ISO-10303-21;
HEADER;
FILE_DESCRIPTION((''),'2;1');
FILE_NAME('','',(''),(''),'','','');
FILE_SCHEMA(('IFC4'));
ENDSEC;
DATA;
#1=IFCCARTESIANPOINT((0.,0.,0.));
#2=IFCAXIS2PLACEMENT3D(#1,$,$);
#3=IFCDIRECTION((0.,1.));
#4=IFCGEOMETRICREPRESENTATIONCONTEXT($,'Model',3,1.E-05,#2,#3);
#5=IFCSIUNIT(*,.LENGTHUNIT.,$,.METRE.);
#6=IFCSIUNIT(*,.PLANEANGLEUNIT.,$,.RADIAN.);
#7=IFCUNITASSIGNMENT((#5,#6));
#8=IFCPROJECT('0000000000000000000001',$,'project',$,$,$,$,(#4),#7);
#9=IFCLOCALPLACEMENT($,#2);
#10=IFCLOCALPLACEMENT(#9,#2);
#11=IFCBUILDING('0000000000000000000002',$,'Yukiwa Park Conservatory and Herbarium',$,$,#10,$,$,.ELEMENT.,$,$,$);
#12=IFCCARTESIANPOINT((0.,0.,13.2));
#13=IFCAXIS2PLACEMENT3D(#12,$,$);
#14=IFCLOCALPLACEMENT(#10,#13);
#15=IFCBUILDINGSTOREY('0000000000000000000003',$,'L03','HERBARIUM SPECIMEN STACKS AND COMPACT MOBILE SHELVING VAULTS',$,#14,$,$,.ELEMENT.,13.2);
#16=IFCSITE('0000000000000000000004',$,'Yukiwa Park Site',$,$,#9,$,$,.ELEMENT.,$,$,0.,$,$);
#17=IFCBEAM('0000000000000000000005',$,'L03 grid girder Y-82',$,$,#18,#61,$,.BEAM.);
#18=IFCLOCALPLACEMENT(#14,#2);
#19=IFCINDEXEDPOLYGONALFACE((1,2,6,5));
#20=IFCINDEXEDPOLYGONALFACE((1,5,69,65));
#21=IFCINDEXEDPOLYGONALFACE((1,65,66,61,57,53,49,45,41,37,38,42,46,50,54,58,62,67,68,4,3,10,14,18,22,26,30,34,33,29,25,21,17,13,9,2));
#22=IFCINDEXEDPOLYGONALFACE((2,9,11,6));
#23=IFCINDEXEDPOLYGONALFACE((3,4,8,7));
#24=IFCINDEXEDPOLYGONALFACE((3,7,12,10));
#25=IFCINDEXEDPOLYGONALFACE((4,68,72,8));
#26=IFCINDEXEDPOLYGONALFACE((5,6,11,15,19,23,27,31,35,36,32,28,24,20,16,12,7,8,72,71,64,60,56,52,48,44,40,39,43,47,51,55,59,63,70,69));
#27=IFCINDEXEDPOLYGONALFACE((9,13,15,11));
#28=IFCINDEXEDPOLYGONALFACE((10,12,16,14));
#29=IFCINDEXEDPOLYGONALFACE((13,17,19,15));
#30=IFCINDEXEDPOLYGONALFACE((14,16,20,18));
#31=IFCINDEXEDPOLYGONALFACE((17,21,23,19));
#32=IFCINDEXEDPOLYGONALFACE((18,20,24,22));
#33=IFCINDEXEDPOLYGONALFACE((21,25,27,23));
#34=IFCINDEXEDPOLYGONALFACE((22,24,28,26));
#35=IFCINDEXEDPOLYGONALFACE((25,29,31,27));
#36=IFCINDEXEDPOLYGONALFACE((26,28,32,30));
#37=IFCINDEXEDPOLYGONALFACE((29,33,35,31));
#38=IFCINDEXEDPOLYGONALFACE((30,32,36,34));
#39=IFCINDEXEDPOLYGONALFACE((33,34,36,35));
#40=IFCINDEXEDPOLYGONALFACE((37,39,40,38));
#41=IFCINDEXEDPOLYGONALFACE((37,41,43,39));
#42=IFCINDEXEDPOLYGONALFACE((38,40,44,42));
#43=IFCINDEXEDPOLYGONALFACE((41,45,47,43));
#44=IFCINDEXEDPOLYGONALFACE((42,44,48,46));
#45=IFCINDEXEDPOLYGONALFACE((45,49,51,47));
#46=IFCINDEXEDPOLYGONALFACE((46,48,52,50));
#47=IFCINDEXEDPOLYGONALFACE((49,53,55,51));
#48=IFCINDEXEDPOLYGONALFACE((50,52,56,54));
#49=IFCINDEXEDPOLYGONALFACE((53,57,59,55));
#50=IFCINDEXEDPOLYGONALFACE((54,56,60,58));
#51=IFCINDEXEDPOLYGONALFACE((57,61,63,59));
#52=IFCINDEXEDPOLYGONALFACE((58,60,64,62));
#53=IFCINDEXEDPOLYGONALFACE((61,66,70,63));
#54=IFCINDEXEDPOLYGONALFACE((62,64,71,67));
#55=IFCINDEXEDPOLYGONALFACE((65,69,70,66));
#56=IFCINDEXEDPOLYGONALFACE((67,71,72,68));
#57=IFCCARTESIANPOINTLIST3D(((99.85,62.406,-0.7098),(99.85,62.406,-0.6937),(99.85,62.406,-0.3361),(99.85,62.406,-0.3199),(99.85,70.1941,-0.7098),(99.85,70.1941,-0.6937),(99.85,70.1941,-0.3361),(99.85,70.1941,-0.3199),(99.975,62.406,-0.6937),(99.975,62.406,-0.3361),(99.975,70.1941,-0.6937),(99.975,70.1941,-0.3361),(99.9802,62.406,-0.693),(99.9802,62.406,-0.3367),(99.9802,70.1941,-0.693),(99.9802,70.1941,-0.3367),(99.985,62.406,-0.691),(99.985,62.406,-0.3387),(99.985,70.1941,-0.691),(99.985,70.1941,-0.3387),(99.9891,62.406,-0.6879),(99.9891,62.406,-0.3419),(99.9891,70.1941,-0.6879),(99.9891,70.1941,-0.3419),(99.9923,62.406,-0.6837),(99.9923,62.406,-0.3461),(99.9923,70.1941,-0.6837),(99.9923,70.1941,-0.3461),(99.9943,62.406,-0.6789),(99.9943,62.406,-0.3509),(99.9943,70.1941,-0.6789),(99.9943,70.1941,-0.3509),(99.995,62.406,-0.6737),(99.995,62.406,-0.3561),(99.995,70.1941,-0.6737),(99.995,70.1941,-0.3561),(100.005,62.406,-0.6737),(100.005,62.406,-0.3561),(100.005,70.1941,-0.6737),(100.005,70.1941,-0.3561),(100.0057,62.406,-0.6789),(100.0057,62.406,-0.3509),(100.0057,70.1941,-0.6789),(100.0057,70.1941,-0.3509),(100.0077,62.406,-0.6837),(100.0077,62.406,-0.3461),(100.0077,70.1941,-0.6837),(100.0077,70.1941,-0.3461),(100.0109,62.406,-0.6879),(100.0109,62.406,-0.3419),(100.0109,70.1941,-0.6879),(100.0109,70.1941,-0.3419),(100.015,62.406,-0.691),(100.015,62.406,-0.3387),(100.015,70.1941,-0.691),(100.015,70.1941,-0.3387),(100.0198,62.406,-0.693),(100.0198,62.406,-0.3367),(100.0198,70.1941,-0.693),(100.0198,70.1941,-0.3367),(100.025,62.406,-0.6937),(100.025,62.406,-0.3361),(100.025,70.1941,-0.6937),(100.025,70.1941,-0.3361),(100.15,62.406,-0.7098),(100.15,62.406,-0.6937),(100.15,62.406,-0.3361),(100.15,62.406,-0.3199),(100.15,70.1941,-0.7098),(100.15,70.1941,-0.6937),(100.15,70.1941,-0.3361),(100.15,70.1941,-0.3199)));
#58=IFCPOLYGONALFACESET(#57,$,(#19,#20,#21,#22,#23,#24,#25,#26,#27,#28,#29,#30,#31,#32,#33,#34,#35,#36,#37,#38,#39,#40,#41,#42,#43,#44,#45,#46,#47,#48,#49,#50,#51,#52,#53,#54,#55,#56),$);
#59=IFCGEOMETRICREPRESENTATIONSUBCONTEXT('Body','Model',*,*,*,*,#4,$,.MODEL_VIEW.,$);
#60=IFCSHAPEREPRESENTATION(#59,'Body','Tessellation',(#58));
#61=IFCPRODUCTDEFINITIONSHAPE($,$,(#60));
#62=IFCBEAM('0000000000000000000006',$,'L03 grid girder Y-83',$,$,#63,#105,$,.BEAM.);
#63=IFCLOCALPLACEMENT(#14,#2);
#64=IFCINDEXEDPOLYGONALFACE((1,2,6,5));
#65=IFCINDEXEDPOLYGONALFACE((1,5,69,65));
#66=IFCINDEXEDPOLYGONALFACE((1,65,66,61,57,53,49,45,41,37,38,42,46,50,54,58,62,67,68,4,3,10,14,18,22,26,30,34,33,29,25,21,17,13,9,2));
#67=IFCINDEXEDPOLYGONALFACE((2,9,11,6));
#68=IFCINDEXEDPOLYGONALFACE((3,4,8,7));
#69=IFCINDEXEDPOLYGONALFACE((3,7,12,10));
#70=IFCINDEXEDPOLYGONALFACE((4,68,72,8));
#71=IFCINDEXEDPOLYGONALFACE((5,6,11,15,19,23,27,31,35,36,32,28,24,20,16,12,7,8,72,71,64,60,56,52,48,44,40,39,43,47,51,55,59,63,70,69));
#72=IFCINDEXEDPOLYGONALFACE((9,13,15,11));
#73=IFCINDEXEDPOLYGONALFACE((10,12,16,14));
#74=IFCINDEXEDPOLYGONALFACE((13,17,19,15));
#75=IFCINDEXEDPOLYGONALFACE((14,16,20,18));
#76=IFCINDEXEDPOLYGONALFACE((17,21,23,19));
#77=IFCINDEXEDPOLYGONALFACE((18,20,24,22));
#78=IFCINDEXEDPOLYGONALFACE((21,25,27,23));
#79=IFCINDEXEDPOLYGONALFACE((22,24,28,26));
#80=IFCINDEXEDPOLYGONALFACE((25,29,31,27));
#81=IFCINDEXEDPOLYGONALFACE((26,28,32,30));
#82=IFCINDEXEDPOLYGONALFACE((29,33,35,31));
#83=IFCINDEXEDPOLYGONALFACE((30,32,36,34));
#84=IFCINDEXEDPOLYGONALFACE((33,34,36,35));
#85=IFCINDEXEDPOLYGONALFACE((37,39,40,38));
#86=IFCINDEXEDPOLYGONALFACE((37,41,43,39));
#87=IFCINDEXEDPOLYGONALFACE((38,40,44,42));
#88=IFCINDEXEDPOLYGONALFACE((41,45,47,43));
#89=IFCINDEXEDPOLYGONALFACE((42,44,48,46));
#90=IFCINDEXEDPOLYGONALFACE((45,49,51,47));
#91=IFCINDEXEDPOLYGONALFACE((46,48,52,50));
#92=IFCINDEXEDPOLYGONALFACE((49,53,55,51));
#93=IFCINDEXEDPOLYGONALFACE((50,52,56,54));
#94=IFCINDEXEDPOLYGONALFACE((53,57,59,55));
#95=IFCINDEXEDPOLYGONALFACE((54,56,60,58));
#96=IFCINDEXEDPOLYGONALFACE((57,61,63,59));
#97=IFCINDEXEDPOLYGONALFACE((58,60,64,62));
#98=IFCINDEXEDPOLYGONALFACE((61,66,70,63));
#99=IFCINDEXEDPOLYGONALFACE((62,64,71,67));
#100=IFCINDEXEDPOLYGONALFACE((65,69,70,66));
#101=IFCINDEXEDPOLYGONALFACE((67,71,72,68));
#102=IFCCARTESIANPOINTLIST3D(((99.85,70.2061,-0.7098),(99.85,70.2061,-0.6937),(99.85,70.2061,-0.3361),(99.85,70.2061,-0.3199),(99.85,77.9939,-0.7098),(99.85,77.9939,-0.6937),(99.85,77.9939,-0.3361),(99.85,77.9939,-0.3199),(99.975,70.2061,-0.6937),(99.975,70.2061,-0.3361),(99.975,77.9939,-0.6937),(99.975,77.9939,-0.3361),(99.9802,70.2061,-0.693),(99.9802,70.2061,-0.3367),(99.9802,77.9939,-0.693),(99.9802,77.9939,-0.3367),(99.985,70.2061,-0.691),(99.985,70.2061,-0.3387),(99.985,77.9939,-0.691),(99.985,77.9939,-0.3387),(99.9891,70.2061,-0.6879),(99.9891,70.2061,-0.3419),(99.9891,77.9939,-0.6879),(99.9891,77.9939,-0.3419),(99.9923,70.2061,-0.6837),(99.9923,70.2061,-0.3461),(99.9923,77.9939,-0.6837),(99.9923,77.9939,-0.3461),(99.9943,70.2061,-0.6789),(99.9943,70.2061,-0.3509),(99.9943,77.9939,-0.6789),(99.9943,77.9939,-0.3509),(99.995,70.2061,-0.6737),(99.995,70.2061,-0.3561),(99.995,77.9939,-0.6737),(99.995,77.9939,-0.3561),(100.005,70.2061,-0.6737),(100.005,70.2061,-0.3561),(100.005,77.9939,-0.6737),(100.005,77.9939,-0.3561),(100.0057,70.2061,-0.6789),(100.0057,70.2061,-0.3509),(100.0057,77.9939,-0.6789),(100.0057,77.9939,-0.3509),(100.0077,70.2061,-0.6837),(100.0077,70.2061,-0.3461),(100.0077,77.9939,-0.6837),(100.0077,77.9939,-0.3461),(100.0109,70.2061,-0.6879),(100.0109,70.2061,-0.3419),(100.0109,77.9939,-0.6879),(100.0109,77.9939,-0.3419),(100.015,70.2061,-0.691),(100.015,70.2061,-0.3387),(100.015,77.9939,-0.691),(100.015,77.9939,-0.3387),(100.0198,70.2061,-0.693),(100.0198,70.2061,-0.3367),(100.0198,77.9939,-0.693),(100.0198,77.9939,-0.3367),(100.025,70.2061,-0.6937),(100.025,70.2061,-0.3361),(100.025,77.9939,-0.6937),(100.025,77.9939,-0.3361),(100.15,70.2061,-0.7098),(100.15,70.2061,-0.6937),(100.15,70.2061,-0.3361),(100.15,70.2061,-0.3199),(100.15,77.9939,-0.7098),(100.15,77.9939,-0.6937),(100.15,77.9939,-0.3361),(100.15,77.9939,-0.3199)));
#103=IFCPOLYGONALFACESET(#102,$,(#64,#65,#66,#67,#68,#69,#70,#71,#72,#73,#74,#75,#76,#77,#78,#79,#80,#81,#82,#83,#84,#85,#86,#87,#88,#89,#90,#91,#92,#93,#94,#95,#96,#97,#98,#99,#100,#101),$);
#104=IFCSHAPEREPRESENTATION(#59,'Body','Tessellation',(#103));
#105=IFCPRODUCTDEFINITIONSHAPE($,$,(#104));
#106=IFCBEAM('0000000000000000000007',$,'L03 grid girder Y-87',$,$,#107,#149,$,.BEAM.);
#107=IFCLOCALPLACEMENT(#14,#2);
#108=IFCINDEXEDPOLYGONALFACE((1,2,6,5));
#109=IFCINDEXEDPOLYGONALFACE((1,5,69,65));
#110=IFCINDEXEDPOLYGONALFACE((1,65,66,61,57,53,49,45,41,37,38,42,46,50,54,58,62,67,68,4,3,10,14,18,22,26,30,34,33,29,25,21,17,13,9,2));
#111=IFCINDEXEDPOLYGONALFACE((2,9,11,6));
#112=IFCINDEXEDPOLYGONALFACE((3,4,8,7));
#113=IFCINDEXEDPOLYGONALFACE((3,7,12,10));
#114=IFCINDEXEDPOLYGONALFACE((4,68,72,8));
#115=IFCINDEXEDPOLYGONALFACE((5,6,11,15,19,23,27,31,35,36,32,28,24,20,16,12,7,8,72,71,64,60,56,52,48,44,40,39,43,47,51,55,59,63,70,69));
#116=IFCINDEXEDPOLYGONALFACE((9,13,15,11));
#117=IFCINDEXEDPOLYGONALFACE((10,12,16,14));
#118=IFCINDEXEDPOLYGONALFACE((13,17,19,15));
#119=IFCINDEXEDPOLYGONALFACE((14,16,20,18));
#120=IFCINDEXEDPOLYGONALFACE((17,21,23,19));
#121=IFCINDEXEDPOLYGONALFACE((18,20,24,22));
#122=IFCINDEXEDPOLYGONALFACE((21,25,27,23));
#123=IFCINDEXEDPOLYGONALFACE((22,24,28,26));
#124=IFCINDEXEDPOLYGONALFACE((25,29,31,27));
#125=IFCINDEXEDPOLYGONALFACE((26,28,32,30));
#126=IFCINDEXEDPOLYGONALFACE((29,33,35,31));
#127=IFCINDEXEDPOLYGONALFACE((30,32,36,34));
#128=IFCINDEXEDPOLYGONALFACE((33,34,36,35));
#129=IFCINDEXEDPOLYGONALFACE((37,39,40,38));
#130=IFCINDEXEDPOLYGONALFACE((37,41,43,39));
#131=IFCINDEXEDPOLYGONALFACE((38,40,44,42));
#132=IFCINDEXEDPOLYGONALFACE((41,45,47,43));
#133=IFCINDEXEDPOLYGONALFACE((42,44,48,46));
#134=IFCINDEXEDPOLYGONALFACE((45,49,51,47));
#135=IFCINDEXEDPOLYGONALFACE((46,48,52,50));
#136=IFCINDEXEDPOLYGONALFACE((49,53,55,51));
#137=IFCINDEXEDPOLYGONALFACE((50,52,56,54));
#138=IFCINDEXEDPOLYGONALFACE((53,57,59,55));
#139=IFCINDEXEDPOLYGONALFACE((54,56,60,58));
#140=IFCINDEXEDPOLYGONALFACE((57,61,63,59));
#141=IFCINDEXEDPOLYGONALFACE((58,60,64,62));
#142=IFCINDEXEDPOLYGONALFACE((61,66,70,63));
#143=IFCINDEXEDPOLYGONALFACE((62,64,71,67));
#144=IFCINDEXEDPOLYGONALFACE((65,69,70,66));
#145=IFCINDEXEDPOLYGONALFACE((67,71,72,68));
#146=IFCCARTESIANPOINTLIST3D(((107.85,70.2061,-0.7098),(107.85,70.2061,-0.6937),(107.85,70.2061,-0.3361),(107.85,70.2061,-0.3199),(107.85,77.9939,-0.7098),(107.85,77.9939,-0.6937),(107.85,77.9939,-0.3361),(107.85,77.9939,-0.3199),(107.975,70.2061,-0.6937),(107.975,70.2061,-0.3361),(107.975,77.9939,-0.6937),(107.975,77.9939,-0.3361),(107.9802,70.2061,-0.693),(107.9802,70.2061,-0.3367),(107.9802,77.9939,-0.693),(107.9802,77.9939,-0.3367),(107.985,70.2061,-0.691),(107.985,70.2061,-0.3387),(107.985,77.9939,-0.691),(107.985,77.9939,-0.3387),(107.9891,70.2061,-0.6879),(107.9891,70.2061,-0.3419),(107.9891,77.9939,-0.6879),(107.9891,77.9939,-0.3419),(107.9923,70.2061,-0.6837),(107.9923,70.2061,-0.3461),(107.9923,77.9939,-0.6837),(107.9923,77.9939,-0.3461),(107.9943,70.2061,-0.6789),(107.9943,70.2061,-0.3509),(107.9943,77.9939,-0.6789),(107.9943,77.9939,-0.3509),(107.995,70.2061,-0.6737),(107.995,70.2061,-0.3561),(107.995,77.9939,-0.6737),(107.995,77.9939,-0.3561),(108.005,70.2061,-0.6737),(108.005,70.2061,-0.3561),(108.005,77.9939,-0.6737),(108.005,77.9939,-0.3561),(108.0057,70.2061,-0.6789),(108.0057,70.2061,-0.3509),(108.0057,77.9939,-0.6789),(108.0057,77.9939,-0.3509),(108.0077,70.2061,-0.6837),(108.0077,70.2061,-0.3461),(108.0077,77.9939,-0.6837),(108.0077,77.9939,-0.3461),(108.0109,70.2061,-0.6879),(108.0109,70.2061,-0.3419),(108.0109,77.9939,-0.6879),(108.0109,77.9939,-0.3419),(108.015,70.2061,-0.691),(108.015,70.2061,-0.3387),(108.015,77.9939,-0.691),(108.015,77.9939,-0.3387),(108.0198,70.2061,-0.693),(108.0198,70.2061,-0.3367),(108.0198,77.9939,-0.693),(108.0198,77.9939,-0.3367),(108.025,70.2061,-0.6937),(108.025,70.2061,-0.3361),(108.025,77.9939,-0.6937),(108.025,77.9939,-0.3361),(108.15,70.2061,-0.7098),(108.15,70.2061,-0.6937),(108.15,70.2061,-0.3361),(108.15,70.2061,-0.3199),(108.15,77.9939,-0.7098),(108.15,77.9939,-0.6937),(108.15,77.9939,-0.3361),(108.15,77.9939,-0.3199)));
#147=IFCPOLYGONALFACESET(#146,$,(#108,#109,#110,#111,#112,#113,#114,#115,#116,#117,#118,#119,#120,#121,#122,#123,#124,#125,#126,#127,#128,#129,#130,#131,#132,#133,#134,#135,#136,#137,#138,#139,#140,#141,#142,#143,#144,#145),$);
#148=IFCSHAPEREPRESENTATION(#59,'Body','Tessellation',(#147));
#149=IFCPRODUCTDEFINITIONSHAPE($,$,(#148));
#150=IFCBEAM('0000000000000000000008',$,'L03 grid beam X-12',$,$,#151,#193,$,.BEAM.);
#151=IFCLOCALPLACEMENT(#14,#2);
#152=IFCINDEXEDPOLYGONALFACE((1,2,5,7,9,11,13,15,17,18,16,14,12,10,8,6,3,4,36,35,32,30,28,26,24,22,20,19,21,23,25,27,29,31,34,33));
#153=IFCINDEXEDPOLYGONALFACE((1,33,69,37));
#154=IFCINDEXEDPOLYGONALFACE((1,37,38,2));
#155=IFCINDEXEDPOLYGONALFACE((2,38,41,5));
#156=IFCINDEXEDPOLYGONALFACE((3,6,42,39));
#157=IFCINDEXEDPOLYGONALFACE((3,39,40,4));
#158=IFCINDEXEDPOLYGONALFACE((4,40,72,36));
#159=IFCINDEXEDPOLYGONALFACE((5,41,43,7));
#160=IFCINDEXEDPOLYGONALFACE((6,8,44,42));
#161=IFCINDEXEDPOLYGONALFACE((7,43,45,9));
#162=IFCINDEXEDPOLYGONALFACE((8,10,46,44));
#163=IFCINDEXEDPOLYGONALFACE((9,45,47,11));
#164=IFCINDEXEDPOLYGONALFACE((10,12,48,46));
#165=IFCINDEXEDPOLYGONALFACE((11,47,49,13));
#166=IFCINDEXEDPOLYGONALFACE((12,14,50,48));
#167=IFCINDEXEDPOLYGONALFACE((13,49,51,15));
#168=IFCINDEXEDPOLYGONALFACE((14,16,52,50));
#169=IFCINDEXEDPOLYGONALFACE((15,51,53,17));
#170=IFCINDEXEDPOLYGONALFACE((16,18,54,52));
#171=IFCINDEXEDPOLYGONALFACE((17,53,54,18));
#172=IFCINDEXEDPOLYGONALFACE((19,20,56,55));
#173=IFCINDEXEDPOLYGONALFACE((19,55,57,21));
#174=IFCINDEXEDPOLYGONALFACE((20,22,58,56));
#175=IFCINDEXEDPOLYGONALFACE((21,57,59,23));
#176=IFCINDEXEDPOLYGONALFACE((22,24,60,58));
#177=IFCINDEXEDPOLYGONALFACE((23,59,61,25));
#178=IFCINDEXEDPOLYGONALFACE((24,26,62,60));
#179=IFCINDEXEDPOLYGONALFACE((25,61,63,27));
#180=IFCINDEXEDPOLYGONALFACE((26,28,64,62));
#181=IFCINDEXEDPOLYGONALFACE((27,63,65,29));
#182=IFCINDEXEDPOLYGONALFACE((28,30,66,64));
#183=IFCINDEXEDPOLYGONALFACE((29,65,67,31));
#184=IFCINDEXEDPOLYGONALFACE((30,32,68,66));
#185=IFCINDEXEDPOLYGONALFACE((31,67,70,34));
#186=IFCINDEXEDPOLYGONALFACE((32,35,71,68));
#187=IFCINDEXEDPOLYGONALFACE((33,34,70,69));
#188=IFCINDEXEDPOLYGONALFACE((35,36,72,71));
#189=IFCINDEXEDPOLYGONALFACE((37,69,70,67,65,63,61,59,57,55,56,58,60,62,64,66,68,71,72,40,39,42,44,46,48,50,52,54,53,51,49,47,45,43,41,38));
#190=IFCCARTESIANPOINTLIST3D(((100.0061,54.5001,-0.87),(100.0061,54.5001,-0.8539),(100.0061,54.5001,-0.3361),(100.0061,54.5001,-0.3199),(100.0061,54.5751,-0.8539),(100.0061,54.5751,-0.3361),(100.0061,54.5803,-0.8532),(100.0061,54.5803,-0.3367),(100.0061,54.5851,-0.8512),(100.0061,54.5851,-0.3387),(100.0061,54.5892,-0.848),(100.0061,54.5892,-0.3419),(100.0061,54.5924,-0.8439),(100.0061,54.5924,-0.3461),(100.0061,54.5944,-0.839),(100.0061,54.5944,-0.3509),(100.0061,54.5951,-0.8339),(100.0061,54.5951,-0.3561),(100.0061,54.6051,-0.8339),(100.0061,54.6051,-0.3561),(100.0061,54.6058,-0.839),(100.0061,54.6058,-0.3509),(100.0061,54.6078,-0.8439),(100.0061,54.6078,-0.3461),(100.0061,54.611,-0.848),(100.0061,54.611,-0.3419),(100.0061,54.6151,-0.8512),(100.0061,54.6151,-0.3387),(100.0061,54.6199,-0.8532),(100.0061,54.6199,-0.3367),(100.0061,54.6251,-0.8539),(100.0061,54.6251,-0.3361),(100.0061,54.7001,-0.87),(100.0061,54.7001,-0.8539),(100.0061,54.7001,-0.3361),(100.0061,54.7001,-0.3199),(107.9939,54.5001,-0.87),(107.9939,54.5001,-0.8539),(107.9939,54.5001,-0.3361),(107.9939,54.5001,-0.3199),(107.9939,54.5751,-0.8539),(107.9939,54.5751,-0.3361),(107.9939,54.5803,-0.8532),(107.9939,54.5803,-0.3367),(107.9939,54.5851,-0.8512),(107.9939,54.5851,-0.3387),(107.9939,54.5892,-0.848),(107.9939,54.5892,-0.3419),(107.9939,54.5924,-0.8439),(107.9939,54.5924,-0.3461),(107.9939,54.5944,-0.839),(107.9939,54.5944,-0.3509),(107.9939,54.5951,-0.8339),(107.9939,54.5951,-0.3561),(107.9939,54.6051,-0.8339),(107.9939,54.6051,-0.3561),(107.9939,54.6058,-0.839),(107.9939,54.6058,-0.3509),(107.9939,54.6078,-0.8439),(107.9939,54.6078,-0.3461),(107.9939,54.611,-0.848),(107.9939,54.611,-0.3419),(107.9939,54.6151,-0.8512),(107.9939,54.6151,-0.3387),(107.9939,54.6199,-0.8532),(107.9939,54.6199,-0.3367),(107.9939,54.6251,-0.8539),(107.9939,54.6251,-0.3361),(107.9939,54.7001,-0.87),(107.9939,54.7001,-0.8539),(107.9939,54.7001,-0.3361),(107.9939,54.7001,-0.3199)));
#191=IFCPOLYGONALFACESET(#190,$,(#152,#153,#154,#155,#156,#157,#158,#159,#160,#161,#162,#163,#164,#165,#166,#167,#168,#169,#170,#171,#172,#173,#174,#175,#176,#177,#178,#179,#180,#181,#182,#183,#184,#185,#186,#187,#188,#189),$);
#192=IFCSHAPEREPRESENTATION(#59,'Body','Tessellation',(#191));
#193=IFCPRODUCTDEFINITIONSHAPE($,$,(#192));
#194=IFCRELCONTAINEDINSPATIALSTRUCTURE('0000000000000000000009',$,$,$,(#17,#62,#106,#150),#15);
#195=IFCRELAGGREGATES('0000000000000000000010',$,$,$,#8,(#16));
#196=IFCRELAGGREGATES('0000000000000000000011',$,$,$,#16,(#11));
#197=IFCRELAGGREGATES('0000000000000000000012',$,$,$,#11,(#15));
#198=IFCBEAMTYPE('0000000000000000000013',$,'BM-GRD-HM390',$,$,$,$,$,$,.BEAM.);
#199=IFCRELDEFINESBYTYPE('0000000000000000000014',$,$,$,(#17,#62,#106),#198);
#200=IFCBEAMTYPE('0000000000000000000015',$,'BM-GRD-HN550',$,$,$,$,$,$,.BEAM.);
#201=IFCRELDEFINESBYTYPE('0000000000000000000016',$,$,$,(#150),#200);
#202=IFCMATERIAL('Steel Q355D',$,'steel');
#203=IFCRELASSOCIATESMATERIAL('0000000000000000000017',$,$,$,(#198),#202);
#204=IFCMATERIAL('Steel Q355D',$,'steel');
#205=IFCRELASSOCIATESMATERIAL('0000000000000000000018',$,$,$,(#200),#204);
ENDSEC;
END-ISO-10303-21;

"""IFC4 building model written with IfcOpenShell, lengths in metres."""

from ifc_helpers import new_model, si_unit, direction, frame, origin, origin_2d, place, context, subcontext, project, spatial, i_section, extrude, material, material_profile, profile_set, type_object, element, save


model = new_model("IFC4")

# Units and contexts
model_context = context("Model", 3, precision=1e-05, world=origin(), true_north=direction((0.0, 1.0)))
body_context = subcontext(model_context, "Body", "Model", "MODEL_VIEW")
ifc_project = project(units=[si_unit("LENGTHUNIT", "METRE"), si_unit("PLANEANGLEUNIT", "RADIAN")], contexts=[model_context])

# Site, building, storey
site_placement = place(None, origin())
site = spatial("IfcSite", under=ifc_project, at=site_placement, Name="Yukiwa Park Site", CompositionType="ELEMENT", RefElevation=0.0)
building_placement = place(site_placement, origin())
building = spatial("IfcBuilding", under=site, at=building_placement, Name="Yukiwa Park Conservatory and Herbarium", CompositionType="ELEMENT")
storey_placement = place(building_placement, frame((0.0, 0.0, 13.2)))
storey = spatial("IfcBuildingStorey", under=building, at=storey_placement, Name="L03", Description="HERBARIUM SPECIMEN STACKS AND COMPACT MOBILE SHELVING VAULTS", CompositionType="ELEMENT", Elevation=13.2)

# Beams
ifc_material_1 = material(Name="Steel Q355D", Category="steel")
ifc_material_profile_1 = material_profile(ifc_material_1, i_section(OverallWidth=0.3, OverallDepth=0.3899, WebThickness=0.01, FlangeThickness=0.0161, FilletRadius=0.02, at=origin_2d()), Name="HM 390x300x10x16")
ifc_profile_set_1 = profile_set([ifc_material_profile_1], Name="Steel Q355D")
beam_type_1 = type_object("IfcBeamType", Name="BM-GRD-HM390", PredefinedType="BEAM", material=ifc_profile_set_1)
for number, where, z_axis, x_axis, name in (
    (1, (100.0, 62.406, -0.5149), (0.0, 1.0, 0.0), (-1.0, 0.0, 0.0), "L03 grid girder Y-82"),
):
    element("IfcBeam", number, at=place(storey_placement, frame(where, z_axis=z_axis, x_axis=x_axis)), inside=storey, type_object=beam_type_1, Name=name, PredefinedType="BEAM", context=body_context, shape_type="SweptSolid", body=[
        extrude(i_section(OverallWidth=0.3, OverallDepth=0.3899, WebThickness=0.01, FlangeThickness=0.0161, FilletRadius=0.02, at=origin_2d()), origin(), (0.0, 0.0, 1.0), 7.7881),
    ])
for number, where, z_axis, x_axis, name in (
    (2, (100.0, 70.2061, -0.5149), (0.0, 1.0, 0.0), (-1.0, 0.0, 0.0), "L03 grid girder Y-83"),
    (3, (108.0, 70.2061, -0.5149), (0.0, 1.0, 0.0), (-1.0, 0.0, 0.0), "L03 grid girder Y-87"),
):
    element("IfcBeam", number, at=place(storey_placement, frame(where, z_axis=z_axis, x_axis=x_axis)), inside=storey, type_object=beam_type_1, Name=name, PredefinedType="BEAM", context=body_context, shape_type="SweptSolid", body=[
        extrude(i_section(OverallWidth=0.3, OverallDepth=0.3899, WebThickness=0.01, FlangeThickness=0.0161, FilletRadius=0.02, at=origin_2d()), origin(), (0.0, 0.0, 1.0), 7.7878),
    ])
ifc_material_2 = material(Name="Steel Q355D", Category="steel")
ifc_material_profile_2 = material_profile(ifc_material_2, i_section(OverallWidth=0.2, OverallDepth=0.55, WebThickness=0.01, FlangeThickness=0.0161, FilletRadius=0.02, at=origin_2d()), Name="HN 550x200x10x16")
ifc_profile_set_2 = profile_set([ifc_material_profile_2], Name="Steel Q355D")
beam_type_2 = type_object("IfcBeamType", Name="BM-GRD-HN550", PredefinedType="BEAM", material=ifc_profile_set_2)
for number, where, z_axis, x_axis, name in (
    (4, (100.0061, 54.6001, -0.595), (1.0, 0.0, 0.0), (0.0, 1.0, 0.0), "L03 grid beam X-12"),
):
    element("IfcBeam", number, at=place(storey_placement, frame(where, z_axis=z_axis, x_axis=x_axis)), inside=storey, type_object=beam_type_2, Name=name, PredefinedType="BEAM", context=body_context, shape_type="SweptSolid", body=[
        extrude(i_section(OverallWidth=0.2, OverallDepth=0.55, WebThickness=0.01, FlangeThickness=0.0161, FilletRadius=0.02, at=origin_2d()), origin(), (0.0, 0.0, 1.0), 7.9878),
    ])

save(model, "model.ifc")
